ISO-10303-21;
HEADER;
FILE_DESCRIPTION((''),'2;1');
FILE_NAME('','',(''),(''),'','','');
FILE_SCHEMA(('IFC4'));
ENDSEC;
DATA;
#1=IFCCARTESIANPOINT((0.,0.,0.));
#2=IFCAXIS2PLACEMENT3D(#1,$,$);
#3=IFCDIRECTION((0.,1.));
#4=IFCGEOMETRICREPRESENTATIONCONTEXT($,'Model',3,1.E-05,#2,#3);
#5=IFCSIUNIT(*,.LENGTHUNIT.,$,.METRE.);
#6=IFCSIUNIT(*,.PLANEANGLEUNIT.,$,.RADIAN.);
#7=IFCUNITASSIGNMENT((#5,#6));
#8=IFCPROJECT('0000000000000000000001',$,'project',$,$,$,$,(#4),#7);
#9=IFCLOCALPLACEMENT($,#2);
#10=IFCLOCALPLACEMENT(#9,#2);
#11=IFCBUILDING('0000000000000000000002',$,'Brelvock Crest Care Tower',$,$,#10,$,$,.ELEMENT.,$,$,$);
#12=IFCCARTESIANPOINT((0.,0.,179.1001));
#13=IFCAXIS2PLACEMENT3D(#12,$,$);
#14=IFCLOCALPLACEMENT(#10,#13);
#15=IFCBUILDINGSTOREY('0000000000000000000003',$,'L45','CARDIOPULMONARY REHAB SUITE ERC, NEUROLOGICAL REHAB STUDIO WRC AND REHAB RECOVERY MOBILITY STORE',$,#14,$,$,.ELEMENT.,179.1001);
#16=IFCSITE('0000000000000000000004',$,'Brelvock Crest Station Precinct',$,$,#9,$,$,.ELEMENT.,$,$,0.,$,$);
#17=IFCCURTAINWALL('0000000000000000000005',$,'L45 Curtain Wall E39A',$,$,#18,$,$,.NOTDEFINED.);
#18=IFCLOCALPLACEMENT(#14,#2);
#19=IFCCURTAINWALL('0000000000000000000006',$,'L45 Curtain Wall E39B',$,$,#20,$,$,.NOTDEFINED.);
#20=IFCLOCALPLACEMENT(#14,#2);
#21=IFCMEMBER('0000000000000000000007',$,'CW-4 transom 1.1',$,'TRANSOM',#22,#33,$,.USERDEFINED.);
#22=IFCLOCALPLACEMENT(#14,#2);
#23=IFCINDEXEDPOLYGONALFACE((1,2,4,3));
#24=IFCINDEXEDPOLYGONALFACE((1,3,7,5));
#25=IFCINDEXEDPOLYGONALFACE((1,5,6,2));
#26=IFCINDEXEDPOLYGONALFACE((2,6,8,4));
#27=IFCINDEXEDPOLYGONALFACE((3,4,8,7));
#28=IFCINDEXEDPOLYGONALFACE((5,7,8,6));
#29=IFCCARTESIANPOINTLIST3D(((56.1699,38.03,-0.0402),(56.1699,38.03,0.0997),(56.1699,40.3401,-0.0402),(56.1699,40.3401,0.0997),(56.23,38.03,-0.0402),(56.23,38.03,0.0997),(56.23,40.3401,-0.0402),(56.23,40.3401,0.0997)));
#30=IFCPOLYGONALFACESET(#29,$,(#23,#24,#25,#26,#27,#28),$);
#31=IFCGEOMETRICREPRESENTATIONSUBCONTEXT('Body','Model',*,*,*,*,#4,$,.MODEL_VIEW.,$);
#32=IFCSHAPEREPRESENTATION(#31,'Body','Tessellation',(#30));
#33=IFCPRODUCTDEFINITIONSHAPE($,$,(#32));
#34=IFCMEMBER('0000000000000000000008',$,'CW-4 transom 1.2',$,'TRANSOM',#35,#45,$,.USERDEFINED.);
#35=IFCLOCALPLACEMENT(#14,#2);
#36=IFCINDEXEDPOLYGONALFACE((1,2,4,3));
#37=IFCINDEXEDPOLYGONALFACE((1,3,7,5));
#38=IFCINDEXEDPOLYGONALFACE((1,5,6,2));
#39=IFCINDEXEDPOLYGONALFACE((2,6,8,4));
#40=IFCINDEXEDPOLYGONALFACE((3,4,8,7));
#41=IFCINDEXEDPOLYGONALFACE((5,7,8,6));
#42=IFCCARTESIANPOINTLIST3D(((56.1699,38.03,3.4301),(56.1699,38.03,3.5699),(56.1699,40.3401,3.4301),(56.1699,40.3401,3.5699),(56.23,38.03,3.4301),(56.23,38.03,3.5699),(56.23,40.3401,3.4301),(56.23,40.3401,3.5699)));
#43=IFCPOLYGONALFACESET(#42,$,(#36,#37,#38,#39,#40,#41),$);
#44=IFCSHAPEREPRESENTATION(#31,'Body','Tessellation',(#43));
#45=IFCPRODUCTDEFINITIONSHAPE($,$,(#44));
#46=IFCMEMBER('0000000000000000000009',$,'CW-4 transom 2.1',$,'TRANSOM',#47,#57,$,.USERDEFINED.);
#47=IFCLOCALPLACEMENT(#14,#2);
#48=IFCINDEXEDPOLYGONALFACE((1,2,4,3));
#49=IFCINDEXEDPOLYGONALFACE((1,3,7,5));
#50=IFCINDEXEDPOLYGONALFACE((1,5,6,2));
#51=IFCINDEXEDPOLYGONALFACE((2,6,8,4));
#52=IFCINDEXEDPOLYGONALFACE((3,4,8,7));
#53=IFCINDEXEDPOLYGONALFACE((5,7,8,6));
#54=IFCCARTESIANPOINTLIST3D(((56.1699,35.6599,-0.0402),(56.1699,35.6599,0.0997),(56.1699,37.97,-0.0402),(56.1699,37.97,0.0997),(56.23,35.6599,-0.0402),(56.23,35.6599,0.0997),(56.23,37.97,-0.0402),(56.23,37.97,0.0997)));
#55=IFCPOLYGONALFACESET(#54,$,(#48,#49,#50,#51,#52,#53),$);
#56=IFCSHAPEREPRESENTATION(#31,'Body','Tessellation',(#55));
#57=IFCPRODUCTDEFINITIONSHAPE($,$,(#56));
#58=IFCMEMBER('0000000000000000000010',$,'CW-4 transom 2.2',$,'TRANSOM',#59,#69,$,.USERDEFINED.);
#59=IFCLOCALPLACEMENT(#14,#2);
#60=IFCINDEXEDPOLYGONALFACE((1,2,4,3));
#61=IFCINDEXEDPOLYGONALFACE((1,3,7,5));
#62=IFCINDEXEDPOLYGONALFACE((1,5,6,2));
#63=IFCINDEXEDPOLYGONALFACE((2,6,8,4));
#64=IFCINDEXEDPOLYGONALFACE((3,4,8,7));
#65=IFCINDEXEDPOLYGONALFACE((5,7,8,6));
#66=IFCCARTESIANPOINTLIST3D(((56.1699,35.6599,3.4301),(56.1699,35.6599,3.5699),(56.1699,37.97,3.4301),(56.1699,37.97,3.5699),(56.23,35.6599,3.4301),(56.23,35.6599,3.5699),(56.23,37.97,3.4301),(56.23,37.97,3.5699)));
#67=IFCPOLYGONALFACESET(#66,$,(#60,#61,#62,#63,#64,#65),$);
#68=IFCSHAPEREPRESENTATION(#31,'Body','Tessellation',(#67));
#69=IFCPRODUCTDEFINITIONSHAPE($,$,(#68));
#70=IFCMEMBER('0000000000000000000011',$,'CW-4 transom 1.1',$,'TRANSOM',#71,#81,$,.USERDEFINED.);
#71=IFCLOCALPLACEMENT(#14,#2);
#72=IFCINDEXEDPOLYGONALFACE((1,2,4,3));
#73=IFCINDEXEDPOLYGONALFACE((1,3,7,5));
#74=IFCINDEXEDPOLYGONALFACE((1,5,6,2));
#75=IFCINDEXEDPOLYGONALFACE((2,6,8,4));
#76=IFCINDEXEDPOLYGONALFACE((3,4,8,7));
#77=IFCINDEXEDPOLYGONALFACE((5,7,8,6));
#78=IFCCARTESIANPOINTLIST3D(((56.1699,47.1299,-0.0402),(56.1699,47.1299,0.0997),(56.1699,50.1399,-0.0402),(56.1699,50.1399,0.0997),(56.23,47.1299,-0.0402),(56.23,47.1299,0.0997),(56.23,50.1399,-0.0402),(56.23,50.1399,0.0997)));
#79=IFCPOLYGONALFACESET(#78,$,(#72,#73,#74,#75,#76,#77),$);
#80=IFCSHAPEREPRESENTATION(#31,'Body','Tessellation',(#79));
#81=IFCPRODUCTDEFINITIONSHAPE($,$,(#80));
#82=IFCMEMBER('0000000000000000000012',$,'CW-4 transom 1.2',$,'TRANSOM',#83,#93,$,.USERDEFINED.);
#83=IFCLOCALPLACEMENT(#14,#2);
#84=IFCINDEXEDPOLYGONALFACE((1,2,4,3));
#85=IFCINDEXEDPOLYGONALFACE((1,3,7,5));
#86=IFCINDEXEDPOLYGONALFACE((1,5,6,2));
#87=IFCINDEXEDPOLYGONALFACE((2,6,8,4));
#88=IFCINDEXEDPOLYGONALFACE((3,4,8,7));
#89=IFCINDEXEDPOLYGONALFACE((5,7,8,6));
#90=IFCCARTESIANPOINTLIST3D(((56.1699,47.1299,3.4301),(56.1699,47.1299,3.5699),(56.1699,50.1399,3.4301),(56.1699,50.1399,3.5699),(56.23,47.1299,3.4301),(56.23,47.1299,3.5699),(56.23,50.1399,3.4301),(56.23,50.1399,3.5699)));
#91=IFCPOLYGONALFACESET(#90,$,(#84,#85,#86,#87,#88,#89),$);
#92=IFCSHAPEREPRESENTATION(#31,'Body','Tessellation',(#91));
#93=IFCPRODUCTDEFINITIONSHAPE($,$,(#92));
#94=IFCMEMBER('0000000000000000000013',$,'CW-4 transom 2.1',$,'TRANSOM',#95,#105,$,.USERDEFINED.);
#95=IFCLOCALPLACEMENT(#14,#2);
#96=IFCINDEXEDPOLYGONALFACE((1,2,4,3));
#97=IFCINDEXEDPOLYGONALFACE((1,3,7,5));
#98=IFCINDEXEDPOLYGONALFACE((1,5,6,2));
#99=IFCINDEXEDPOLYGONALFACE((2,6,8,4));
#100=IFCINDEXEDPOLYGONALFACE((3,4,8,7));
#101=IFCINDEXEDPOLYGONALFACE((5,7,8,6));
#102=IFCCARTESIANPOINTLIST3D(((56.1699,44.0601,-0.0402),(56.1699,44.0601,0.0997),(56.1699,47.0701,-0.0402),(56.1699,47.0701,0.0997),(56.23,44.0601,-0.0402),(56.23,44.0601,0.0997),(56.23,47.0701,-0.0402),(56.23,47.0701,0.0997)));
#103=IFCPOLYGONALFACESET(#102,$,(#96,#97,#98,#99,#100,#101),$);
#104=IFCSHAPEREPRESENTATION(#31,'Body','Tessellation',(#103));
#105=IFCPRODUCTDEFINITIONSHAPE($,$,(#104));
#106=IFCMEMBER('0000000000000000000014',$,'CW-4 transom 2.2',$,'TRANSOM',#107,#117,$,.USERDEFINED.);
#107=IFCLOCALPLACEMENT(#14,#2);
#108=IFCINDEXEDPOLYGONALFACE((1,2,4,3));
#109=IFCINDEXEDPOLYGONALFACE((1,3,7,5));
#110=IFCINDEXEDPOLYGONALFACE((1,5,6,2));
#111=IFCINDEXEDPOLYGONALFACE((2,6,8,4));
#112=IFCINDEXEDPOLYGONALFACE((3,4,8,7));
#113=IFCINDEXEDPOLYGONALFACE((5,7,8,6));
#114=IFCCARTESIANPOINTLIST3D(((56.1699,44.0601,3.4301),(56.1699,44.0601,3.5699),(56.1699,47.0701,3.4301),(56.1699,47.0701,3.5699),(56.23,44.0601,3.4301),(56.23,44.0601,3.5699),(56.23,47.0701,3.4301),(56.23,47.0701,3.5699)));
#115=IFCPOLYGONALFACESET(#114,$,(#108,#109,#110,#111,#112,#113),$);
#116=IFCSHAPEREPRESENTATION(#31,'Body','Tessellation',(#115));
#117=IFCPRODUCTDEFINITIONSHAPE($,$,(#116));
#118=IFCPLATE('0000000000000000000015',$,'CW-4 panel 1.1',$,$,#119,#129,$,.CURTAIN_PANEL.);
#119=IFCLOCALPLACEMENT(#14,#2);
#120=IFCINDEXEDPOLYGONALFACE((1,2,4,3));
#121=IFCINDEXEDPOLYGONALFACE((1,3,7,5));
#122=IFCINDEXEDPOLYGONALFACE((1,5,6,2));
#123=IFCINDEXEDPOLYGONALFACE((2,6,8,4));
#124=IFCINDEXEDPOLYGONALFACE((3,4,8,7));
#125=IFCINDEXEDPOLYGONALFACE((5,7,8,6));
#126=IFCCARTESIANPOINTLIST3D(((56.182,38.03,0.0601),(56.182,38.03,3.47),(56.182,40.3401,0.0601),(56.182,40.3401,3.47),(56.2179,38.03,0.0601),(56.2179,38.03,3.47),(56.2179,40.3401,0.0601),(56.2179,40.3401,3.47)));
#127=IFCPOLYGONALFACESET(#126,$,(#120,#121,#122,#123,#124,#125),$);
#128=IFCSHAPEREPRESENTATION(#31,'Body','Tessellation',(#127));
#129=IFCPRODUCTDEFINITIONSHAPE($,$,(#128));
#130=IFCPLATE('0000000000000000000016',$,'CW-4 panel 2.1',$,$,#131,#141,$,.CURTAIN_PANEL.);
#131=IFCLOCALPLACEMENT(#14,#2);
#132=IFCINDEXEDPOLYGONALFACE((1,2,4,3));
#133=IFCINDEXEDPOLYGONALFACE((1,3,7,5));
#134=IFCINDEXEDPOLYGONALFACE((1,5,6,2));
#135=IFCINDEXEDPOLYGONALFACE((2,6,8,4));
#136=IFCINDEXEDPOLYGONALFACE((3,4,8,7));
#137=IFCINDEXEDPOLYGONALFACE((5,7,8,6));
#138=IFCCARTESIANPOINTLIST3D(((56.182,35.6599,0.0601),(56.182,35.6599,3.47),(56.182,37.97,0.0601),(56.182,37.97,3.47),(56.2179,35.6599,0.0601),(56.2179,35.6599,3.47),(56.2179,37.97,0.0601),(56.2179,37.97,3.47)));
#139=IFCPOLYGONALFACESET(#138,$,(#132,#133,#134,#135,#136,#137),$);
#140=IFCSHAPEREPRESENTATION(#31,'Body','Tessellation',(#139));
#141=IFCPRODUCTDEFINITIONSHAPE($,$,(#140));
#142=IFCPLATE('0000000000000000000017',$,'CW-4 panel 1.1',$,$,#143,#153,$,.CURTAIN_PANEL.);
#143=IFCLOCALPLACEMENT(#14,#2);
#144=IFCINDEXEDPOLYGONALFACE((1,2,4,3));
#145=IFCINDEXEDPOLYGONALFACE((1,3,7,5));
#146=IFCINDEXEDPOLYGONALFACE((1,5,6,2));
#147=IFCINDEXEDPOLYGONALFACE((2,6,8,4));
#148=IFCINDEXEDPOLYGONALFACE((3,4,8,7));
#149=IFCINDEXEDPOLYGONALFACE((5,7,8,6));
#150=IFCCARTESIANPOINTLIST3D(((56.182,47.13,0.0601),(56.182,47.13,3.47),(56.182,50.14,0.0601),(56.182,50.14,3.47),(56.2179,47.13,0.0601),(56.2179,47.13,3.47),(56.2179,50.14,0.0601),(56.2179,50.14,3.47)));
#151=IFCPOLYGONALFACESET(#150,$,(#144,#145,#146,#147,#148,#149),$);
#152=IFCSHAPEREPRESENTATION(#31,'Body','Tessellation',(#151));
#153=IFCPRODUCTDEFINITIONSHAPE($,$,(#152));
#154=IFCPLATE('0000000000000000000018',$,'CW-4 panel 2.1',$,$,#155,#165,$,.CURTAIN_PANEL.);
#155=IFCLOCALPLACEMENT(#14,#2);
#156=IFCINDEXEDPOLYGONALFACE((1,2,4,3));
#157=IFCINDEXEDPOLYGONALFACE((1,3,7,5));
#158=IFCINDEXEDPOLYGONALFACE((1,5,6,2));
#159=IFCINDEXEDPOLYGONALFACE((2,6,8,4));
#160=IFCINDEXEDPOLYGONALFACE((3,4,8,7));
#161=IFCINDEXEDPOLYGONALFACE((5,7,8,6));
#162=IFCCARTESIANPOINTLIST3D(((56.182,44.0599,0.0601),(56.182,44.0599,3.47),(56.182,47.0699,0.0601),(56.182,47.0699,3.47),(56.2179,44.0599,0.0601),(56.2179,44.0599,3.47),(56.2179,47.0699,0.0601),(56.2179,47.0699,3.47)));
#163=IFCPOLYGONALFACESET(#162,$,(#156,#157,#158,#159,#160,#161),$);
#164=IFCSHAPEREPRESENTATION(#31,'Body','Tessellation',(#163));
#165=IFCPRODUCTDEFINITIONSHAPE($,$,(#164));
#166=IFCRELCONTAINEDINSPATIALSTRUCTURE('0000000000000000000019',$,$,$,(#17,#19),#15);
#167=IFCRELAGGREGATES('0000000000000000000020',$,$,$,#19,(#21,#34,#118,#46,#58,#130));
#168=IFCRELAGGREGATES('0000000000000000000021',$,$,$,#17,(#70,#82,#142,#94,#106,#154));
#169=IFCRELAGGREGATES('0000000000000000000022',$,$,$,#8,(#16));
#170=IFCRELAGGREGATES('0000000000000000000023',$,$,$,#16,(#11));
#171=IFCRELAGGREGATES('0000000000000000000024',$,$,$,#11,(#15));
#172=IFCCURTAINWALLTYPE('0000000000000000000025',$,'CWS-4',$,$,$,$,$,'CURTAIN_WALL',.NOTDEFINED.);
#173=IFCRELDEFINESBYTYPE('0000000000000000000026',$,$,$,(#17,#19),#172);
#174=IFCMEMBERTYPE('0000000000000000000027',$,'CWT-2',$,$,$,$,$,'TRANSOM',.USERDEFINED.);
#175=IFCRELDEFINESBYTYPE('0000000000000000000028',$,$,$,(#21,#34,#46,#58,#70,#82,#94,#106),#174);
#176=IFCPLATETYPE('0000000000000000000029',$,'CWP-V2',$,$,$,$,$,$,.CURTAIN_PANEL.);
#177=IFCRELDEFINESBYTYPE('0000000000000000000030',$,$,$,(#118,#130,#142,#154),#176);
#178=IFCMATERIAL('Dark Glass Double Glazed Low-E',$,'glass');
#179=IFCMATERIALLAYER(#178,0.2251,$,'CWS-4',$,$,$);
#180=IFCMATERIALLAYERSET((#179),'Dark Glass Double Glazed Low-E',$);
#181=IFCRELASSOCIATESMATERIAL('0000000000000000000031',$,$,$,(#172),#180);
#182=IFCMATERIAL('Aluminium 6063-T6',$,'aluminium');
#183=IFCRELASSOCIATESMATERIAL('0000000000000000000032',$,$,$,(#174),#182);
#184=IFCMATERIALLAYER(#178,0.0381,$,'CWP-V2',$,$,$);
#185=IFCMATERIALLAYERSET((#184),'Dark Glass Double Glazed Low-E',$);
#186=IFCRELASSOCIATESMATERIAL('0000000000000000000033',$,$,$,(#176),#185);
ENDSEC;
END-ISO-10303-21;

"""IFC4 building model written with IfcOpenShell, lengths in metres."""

from ifc_helpers import new_model, si_unit, direction, frame, origin, origin_2d, place, context, subcontext, project, spatial, rectangle, extrude, source, transform, mapped, material, layer, layer_set, material_profile, profile_set, type_object, element, aggregate, save


model = new_model("IFC4")

# Units and contexts
model_context = context("Model", 3, precision=1e-05, world=origin(), true_north=direction((0.0, 1.0)))
body_context = subcontext(model_context, "Body", "Model", "MODEL_VIEW")
ifc_project = project(units=[si_unit("LENGTHUNIT", "METRE"), si_unit("PLANEANGLEUNIT", "RADIAN")], contexts=[model_context])

# Site, building, storey
site_placement = place(None, origin())
site = spatial("IfcSite", under=ifc_project, at=site_placement, Name="Brelvock Crest Station Precinct", CompositionType="ELEMENT", RefElevation=0.0)
building_placement = place(site_placement, origin())
building = spatial("IfcBuilding", under=site, at=building_placement, Name="Brelvock Crest Care Tower", CompositionType="ELEMENT")
storey_placement = place(building_placement, frame((0.0, 0.0, 179.1001)))
storey = spatial("IfcBuildingStorey", under=building, at=storey_placement, Name="L45", Description="CARDIOPULMONARY REHAB SUITE ERC, NEUROLOGICAL REHAB STUDIO WRC AND REHAB RECOVERY MOBILITY STORE", CompositionType="ELEMENT", Elevation=179.1001)

# Curtain walls, members
ifc_material_1 = material(Name="Dark Glass Double Glazed Low-E", Category="glass")
ifc_layer_1 = layer(ifc_material_1, 0.2251, Name="CWS-4")
ifc_layer_set_1 = layer_set([ifc_layer_1], Name="Dark Glass Double Glazed Low-E")
curtain_wall_type = type_object("IfcCurtainWallType", Name="CWS-4", ElementType="CURTAIN_WALL", PredefinedType="NOTDEFINED", material=ifc_layer_set_1)
curtain_wall_1_placement = place(storey_placement, origin())
curtain_wall_1 = element("IfcCurtainWall", 1, at=curtain_wall_1_placement, inside=storey, type_object=curtain_wall_type, Name="L45 Curtain Wall E39A", PredefinedType="NOTDEFINED")
ifc_material_2 = material(Name="Aluminium 6063-T6", Category="aluminium")
curtain_wall_2_placement = place(storey_placement, origin())
curtain_wall_2 = element("IfcCurtainWall", 2, at=curtain_wall_2_placement, inside=storey, type_object=curtain_wall_type, Name="L45 Curtain Wall E39B", PredefinedType="NOTDEFINED")
ifc_material_profile_1 = material_profile(ifc_material_2, rectangle(XDim=0.0601, YDim=0.1399, at=origin_2d()), Name="ALU60x140")
ifc_profile_set_1 = profile_set([ifc_material_profile_1], Name="Aluminium 6063-T6")
member_type_1 = type_object("IfcMemberType", Name="CWT-2", ElementType="TRANSOM", PredefinedType="USERDEFINED", material=ifc_profile_set_1)
shared_shape_1 = source(origin(), body_context, "Body", "SweptSolid", [
    extrude(rectangle(XDim=0.0601, YDim=0.1399, at=origin_2d()), origin(), (0.0, 0.0, 1.0), 2.3101),
])
member_1_placement = place(storey_placement, frame((56.2, 40.3401, 0.0298), z_axis=(0.0, -1.0, 0.0), x_axis=(1.0, 0.0, 0.0)))
member_1 = element("IfcMember", 3, at=member_1_placement, type_object=member_type_1, Name="CW-4 transom 1.1", ObjectType="TRANSOM", PredefinedType="USERDEFINED", context=body_context, shape_type="MappedRepresentation", body=[
    mapped(shared_shape_1, transform((0.0, 0.0, 0.0), x_axis=(1.0, 0.0, 0.0), y_axis=(0.0, 1.0, 0.0), z_axis=(0.0, 0.0, 1.0), scale=1.0)),
])
member_2_placement = place(storey_placement, frame((56.2, 40.3401, 3.5), z_axis=(0.0, -1.0, 0.0), x_axis=(1.0, 0.0, 0.0)))
member_2 = element("IfcMember", 4, at=member_2_placement, type_object=member_type_1, Name="CW-4 transom 1.2", ObjectType="TRANSOM", PredefinedType="USERDEFINED", context=body_context, shape_type="MappedRepresentation", body=[
    mapped(shared_shape_1, transform((0.0, 0.0, 0.0), x_axis=(1.0, 0.0, 0.0), y_axis=(0.0, 1.0, 0.0), z_axis=(0.0, 0.0, 1.0), scale=1.0)),
])
member_3_placement = place(storey_placement, frame((56.2, 37.97, 0.0298), z_axis=(0.0, -1.0, 0.0), x_axis=(1.0, 0.0, 0.0)))
member_3 = element("IfcMember", 5, at=member_3_placement, type_object=member_type_1, Name="CW-4 transom 2.1", ObjectType="TRANSOM", PredefinedType="USERDEFINED", context=body_context, shape_type="MappedRepresentation", body=[
    mapped(shared_shape_1, transform((0.0, 0.0, 0.0), x_axis=(1.0, 0.0, 0.0), y_axis=(0.0, 1.0, 0.0), z_axis=(0.0, 0.0, 1.0), scale=1.0)),
])
member_4_placement = place(storey_placement, frame((56.2, 37.97, 3.5), z_axis=(0.0, -1.0, 0.0), x_axis=(1.0, 0.0, 0.0)))
member_4 = element("IfcMember", 6, at=member_4_placement, type_object=member_type_1, Name="CW-4 transom 2.2", ObjectType="TRANSOM", PredefinedType="USERDEFINED", context=body_context, shape_type="MappedRepresentation", body=[
    mapped(shared_shape_1, transform((0.0, 0.0, 0.0), x_axis=(1.0, 0.0, 0.0), y_axis=(0.0, 1.0, 0.0), z_axis=(0.0, 0.0, 1.0), scale=1.0)),
])

# Members
shared_shape_2 = source(origin(), body_context, "Body", "SweptSolid", [
    extrude(rectangle(XDim=0.0601, YDim=0.1399, at=origin_2d()), origin(), (0.0, 0.0, 1.0), 3.01),
])
member_5_placement = place(storey_placement, frame((56.2, 50.1399, 0.0298), z_axis=(0.0, -1.0, 0.0), x_axis=(1.0, 0.0, 0.0)))
member_5 = element("IfcMember", 7, at=member_5_placement, type_object=member_type_1, Name="CW-4 transom 1.1", ObjectType="TRANSOM", PredefinedType="USERDEFINED", context=body_context, shape_type="MappedRepresentation", body=[
    mapped(shared_shape_2, transform((0.0, 0.0, 0.0), x_axis=(1.0, 0.0, 0.0), y_axis=(0.0, 1.0, 0.0), z_axis=(0.0, 0.0, 1.0), scale=1.0)),
])
member_6_placement = place(storey_placement, frame((56.2, 50.1399, 3.5), z_axis=(0.0, -1.0, 0.0), x_axis=(1.0, 0.0, 0.0)))
member_6 = element("IfcMember", 8, at=member_6_placement, type_object=member_type_1, Name="CW-4 transom 1.2", ObjectType="TRANSOM", PredefinedType="USERDEFINED", context=body_context, shape_type="MappedRepresentation", body=[
    mapped(shared_shape_2, transform((0.0, 0.0, 0.0), x_axis=(1.0, 0.0, 0.0), y_axis=(0.0, 1.0, 0.0), z_axis=(0.0, 0.0, 1.0), scale=1.0)),
])
member_7_placement = place(storey_placement, frame((56.2, 47.0701, 0.0298), z_axis=(0.0, -1.0, 0.0), x_axis=(1.0, 0.0, 0.0)))
member_7 = element("IfcMember", 9, at=member_7_placement, type_object=member_type_1, Name="CW-4 transom 2.1", ObjectType="TRANSOM", PredefinedType="USERDEFINED", context=body_context, shape_type="MappedRepresentation", body=[
    mapped(shared_shape_2, transform((0.0, 0.0, 0.0), x_axis=(1.0, 0.0, 0.0), y_axis=(0.0, 1.0, 0.0), z_axis=(0.0, 0.0, 1.0), scale=1.0)),
])
member_8_placement = place(storey_placement, frame((56.2, 47.0701, 3.5), z_axis=(0.0, -1.0, 0.0), x_axis=(1.0, 0.0, 0.0)))
member_8 = element("IfcMember", 10, at=member_8_placement, type_object=member_type_1, Name="CW-4 transom 2.2", ObjectType="TRANSOM", PredefinedType="USERDEFINED", context=body_context, shape_type="MappedRepresentation", body=[
    mapped(shared_shape_2, transform((0.0, 0.0, 0.0), x_axis=(1.0, 0.0, 0.0), y_axis=(0.0, 1.0, 0.0), z_axis=(0.0, 0.0, 1.0), scale=1.0)),
])

# Plates
ifc_layer_2 = layer(ifc_material_1, 0.0381, Name="CWP-V2")
ifc_layer_set_2 = layer_set([ifc_layer_2], Name="Dark Glass Double Glazed Low-E")
plate_type = type_object("IfcPlateType", Name="CWP-V2", PredefinedType="CURTAIN_PANEL", material=ifc_layer_set_2)
shared_shape_3 = source(origin(), body_context, "Body", "SweptSolid", [
    extrude(rectangle(XDim=2.3101, YDim=0.0359, at=origin_2d()), origin(), (0.0, 0.0, 1.0), 3.4099),
])
plate_1_placement = place(storey_placement, frame((56.2, 39.1851, 0.0601), z_axis=(0.0, 0.0, 1.0), x_axis=(0.0, -1.0, 0.0)))
plate_1 = element("IfcPlate", 11, at=plate_1_placement, type_object=plate_type, Name="CW-4 panel 1.1", PredefinedType="CURTAIN_PANEL", context=body_context, shape_type="MappedRepresentation", body=[
    mapped(shared_shape_3, transform((0.0, 0.0, 0.0), x_axis=(1.0, 0.0, 0.0), y_axis=(0.0, 1.0, 0.0), z_axis=(0.0, 0.0, 1.0), scale=1.0)),
])
plate_2_placement = place(storey_placement, frame((56.2, 36.8149, 0.0601), z_axis=(0.0, 0.0, 1.0), x_axis=(0.0, -1.0, 0.0)))
plate_2 = element("IfcPlate", 12, at=plate_2_placement, type_object=plate_type, Name="CW-4 panel 2.1", PredefinedType="CURTAIN_PANEL", context=body_context, shape_type="MappedRepresentation", body=[
    mapped(shared_shape_3, transform((0.0, 0.0, 0.0), x_axis=(1.0, 0.0, 0.0), y_axis=(0.0, 1.0, 0.0), z_axis=(0.0, 0.0, 1.0), scale=1.0)),
])
aggregate(curtain_wall_2, [member_1, member_2, plate_1, member_3, member_4, plate_2])
shared_shape_4 = source(origin(), body_context, "Body", "SweptSolid", [
    extrude(rectangle(XDim=3.01, YDim=0.0359, at=origin_2d()), origin(), (0.0, 0.0, 1.0), 3.4099),
])
plate_3_placement = place(storey_placement, frame((56.2, 48.635, 0.0601), z_axis=(0.0, 0.0, 1.0), x_axis=(0.0, -1.0, 0.0)))
plate_3 = element("IfcPlate", 13, at=plate_3_placement, type_object=plate_type, Name="CW-4 panel 1.1", PredefinedType="CURTAIN_PANEL", context=body_context, shape_type="MappedRepresentation", body=[
    mapped(shared_shape_4, transform((0.0, 0.0, 0.0), x_axis=(1.0, 0.0, 0.0), y_axis=(0.0, 1.0, 0.0), z_axis=(0.0, 0.0, 1.0), scale=1.0)),
])
plate_4_placement = place(storey_placement, frame((56.2, 45.5649, 0.0601), z_axis=(0.0, 0.0, 1.0), x_axis=(0.0, -1.0, 0.0)))
plate_4 = element("IfcPlate", 14, at=plate_4_placement, type_object=plate_type, Name="CW-4 panel 2.1", PredefinedType="CURTAIN_PANEL", context=body_context, shape_type="MappedRepresentation", body=[
    mapped(shared_shape_4, transform((0.0, 0.0, 0.0), x_axis=(1.0, 0.0, 0.0), y_axis=(0.0, 1.0, 0.0), z_axis=(0.0, 0.0, 1.0), scale=1.0)),
])
aggregate(curtain_wall_1, [member_5, member_6, plate_3, member_7, member_8, plate_4])

save(model, "model.ifc")
